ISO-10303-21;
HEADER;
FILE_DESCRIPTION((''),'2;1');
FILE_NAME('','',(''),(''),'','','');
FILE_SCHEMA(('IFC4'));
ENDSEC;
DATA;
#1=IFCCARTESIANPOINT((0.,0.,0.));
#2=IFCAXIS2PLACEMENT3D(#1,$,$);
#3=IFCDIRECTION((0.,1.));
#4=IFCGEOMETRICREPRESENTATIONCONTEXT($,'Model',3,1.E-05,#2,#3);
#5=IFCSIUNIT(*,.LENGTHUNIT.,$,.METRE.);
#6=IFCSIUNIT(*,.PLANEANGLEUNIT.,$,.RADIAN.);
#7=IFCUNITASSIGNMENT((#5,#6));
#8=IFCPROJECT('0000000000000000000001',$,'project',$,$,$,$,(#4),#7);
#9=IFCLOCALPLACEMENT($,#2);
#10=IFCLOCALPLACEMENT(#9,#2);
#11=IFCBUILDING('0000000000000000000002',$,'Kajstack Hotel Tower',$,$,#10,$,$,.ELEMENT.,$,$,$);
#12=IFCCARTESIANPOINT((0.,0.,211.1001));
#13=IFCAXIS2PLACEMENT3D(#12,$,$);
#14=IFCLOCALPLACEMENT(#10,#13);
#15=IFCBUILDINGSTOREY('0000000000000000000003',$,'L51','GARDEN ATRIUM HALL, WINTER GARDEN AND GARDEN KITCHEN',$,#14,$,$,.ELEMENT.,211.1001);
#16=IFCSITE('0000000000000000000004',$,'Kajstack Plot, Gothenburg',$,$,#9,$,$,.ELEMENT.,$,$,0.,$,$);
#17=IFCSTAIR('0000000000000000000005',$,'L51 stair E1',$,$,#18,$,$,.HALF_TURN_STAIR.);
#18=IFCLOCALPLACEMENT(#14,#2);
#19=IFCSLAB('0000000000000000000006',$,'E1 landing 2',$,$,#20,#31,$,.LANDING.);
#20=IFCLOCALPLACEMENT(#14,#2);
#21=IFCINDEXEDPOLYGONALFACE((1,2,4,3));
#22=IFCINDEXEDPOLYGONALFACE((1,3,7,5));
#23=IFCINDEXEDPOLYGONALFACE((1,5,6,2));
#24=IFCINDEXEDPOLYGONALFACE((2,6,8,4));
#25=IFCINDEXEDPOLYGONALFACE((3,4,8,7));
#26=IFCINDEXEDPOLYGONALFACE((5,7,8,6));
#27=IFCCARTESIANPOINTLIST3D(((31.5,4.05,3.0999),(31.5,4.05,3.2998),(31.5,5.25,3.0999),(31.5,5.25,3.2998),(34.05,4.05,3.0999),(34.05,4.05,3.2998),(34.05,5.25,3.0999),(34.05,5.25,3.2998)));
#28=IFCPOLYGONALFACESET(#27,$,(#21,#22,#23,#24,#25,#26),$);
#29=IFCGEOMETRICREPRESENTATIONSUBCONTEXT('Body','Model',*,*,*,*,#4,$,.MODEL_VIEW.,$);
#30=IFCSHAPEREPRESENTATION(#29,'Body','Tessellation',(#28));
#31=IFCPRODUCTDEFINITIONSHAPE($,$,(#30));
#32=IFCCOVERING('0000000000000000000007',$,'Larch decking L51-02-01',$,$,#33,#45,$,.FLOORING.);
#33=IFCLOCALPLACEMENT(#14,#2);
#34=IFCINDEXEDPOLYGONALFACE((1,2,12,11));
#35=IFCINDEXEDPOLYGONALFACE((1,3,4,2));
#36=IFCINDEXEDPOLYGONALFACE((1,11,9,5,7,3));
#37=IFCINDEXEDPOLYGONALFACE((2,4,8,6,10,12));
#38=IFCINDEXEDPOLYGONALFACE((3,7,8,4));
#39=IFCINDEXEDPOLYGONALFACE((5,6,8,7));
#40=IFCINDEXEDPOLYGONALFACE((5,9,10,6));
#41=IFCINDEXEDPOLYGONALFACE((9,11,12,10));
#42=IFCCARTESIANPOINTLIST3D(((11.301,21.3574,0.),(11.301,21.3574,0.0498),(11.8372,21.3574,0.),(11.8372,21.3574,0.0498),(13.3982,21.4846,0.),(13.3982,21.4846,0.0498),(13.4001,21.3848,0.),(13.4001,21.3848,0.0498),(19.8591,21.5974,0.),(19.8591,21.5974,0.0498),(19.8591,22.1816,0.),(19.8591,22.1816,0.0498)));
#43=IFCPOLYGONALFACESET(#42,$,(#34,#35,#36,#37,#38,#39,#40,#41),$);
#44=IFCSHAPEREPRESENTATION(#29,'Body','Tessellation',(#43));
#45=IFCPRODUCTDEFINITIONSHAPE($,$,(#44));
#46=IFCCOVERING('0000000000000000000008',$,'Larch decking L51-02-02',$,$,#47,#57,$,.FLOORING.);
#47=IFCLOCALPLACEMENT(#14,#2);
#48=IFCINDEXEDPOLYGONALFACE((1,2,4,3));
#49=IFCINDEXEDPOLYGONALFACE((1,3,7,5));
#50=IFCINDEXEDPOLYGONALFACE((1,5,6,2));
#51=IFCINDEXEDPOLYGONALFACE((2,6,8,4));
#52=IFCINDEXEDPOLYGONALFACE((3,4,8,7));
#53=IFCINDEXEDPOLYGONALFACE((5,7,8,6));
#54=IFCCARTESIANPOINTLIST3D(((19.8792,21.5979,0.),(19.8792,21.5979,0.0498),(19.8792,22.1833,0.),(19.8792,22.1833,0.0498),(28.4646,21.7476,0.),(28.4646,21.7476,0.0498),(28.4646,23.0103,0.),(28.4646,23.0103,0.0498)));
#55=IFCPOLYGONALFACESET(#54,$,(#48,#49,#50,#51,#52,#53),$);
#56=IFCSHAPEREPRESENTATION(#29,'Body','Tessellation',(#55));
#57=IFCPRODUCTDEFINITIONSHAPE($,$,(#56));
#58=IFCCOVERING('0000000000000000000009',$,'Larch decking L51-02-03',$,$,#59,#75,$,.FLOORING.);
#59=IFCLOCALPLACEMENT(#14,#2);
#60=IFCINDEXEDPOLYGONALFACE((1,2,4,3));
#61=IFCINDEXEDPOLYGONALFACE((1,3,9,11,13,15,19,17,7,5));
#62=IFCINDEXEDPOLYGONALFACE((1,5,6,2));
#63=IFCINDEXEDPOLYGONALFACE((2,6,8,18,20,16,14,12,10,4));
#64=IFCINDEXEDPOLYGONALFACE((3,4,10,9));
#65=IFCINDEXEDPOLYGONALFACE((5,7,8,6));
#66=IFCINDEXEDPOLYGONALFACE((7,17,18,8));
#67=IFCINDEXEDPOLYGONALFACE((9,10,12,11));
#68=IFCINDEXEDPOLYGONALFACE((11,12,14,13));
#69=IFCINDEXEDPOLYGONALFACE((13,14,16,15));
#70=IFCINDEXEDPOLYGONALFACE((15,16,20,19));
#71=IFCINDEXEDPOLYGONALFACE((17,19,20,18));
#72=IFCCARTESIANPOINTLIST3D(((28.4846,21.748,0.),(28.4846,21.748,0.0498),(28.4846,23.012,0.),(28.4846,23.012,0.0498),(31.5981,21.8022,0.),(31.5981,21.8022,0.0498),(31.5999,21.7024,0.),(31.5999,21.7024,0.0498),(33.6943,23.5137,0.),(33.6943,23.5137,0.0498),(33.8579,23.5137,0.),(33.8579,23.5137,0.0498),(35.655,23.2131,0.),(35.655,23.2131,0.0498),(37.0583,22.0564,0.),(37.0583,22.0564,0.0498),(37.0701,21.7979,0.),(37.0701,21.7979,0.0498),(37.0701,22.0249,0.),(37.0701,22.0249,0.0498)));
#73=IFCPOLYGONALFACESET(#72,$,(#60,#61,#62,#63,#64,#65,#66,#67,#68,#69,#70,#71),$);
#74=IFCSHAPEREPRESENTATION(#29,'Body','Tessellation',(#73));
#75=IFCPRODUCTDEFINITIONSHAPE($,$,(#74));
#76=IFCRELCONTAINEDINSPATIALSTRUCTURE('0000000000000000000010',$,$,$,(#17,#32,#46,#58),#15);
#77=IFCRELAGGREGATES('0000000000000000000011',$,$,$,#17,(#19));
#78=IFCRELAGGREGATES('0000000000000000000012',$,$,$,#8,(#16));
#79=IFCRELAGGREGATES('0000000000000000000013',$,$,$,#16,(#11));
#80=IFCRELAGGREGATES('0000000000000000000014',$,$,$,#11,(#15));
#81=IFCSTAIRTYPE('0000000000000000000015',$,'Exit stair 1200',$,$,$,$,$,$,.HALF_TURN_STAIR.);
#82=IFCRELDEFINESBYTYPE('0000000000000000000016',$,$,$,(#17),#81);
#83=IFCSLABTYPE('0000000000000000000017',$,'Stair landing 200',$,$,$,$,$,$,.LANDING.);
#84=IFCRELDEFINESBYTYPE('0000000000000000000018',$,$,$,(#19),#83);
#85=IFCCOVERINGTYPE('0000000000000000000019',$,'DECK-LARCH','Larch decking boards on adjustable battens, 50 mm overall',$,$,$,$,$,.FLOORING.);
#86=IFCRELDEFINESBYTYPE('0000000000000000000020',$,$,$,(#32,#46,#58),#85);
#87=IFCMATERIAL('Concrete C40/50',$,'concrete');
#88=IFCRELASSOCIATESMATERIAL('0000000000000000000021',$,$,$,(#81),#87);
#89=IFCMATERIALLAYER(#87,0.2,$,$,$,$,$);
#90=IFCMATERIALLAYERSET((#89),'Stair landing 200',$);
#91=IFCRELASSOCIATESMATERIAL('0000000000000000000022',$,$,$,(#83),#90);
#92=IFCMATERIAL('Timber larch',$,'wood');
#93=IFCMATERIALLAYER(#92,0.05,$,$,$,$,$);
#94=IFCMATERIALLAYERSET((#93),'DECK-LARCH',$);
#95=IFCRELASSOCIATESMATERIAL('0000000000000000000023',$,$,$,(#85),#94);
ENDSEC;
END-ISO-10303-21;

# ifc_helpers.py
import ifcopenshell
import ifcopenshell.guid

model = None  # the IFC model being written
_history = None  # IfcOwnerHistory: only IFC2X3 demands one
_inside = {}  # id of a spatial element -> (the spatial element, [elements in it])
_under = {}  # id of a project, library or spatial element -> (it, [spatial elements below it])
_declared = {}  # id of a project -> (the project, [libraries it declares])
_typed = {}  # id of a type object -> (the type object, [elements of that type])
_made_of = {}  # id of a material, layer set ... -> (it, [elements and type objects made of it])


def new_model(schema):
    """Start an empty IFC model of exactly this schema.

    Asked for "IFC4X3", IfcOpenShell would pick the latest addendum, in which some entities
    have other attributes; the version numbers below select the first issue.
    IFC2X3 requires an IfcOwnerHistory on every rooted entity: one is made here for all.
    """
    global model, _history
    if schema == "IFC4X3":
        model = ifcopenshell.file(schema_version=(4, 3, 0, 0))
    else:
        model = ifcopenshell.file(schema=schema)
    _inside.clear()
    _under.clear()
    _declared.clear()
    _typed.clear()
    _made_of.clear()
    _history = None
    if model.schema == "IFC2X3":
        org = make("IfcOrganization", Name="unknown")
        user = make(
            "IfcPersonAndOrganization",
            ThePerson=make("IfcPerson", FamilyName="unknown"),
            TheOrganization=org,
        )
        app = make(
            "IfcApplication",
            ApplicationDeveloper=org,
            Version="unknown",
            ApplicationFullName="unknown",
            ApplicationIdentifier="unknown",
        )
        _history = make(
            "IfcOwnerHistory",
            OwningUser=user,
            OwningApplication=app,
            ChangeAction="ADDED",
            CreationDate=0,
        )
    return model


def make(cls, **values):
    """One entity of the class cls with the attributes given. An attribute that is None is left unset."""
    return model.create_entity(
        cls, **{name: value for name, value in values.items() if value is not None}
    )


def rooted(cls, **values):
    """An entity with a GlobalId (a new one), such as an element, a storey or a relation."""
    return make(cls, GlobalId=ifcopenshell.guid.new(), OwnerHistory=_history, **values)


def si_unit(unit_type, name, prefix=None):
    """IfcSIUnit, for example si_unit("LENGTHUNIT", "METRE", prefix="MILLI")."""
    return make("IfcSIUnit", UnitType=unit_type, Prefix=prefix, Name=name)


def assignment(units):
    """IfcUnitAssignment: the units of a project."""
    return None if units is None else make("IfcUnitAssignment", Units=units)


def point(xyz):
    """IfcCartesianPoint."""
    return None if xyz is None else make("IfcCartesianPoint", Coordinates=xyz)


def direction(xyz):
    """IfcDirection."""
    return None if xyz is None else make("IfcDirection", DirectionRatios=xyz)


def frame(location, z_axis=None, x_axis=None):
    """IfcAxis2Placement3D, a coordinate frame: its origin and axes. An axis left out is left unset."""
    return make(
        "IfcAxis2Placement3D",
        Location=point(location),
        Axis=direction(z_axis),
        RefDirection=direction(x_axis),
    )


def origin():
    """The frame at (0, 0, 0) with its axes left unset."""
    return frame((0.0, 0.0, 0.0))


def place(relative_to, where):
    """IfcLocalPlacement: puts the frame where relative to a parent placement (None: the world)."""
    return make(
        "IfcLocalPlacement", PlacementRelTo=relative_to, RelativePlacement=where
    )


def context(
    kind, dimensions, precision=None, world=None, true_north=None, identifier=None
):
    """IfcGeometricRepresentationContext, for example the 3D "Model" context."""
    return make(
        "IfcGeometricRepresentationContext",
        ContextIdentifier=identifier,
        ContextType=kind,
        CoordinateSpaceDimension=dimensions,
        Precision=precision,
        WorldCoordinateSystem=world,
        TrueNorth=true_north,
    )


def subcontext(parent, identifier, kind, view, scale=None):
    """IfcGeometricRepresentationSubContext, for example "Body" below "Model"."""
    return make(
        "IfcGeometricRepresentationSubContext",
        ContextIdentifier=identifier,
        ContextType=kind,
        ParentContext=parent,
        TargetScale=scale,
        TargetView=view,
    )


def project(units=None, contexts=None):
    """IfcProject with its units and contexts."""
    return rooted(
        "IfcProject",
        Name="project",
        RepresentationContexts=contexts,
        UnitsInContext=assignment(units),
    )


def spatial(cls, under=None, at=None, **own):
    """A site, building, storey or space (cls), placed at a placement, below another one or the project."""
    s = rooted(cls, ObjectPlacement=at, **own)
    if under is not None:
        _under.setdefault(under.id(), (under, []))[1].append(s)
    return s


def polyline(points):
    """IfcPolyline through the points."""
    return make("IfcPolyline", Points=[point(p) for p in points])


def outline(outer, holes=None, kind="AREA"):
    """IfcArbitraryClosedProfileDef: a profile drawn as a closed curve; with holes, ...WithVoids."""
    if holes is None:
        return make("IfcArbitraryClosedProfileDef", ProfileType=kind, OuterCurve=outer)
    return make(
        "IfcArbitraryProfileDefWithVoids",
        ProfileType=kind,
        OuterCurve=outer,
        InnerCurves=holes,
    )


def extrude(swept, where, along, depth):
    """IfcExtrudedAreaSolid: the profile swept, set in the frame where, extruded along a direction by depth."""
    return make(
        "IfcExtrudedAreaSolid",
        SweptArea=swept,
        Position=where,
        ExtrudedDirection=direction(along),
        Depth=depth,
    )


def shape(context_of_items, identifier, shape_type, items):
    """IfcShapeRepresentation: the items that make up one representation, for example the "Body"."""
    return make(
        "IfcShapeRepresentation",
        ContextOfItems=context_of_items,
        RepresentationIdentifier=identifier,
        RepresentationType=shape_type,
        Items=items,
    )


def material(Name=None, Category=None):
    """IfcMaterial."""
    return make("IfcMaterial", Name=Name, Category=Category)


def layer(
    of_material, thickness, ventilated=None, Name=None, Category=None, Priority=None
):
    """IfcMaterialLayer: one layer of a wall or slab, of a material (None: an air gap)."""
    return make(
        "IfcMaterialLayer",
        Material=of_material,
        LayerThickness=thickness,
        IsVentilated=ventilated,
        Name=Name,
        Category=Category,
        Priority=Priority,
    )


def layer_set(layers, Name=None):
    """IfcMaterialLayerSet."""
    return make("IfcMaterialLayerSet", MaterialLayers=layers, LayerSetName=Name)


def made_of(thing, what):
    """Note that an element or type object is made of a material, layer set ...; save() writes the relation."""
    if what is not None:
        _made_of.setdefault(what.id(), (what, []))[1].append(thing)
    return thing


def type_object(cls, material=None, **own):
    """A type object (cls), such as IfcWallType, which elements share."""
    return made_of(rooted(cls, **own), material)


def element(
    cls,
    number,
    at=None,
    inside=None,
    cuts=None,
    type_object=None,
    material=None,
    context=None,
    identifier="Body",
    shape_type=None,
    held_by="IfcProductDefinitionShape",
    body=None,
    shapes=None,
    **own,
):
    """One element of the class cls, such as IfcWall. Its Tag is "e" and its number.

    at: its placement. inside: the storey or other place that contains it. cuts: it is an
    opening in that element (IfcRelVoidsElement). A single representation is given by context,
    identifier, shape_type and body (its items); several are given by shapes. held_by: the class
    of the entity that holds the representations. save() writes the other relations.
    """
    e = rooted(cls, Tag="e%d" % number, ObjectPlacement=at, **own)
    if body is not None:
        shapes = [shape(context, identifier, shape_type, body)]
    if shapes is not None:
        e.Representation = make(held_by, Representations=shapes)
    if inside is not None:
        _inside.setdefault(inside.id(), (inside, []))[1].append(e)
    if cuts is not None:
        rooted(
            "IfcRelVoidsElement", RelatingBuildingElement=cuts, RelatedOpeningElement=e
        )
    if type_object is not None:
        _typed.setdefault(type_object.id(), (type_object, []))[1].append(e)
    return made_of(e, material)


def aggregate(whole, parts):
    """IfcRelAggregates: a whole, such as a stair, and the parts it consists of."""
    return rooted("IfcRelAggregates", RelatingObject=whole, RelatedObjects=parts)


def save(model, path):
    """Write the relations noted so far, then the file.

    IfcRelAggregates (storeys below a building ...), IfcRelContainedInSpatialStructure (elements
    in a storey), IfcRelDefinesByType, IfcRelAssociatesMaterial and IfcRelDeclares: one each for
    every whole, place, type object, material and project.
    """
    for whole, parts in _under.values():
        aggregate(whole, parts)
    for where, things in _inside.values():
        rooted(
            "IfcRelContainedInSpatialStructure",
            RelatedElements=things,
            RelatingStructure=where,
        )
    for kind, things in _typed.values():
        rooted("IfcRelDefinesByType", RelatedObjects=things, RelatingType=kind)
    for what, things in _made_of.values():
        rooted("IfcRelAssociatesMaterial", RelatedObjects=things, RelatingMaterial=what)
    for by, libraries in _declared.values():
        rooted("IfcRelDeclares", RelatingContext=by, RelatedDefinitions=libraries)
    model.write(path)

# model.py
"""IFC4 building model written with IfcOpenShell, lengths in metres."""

from ifc_helpers import new_model, si_unit, direction, frame, origin, place, context, subcontext, project, spatial, polyline, outline, extrude, material, layer, layer_set, type_object, element, aggregate, save


model = new_model("IFC4")

# Units and contexts
model_context = context("Model", 3, precision=1e-05, world=origin(), true_north=direction((0.0, 1.0)))
body_context = subcontext(model_context, "Body", "Model", "MODEL_VIEW")
ifc_project = project(units=[si_unit("LENGTHUNIT", "METRE"), si_unit("PLANEANGLEUNIT", "RADIAN")], contexts=[model_context])

# Site, building, storey
site_placement = place(None, origin())
site = spatial("IfcSite", under=ifc_project, at=site_placement, Name="Kajstack Plot, Gothenburg", CompositionType="ELEMENT", RefElevation=0.0)
building_placement = place(site_placement, origin())
building = spatial("IfcBuilding", under=site, at=building_placement, Name="Kajstack Hotel Tower", CompositionType="ELEMENT")
storey_placement = place(building_placement, frame((0.0, 0.0, 211.1001)))
storey = spatial("IfcBuildingStorey", under=building, at=storey_placement, Name="L51", Description="GARDEN ATRIUM HALL, WINTER GARDEN AND GARDEN KITCHEN", CompositionType="ELEMENT", Elevation=211.1001)

# Stair, slab
ifc_material_1 = material(Name="Concrete C40/50", Category="concrete")
stair_type_1 = type_object("IfcStairType", Name="Exit stair 1200", PredefinedType="HALF_TURN_STAIR", material=ifc_material_1)
ifc_layer_1 = layer(ifc_material_1, 0.2)
ifc_layer_set_1 = layer_set([ifc_layer_1], Name="Stair landing 200")
slab_type = type_object("IfcSlabType", Name="Stair landing 200", PredefinedType="LANDING", material=ifc_layer_set_1)
stair_1_placement = place(storey_placement, origin())
stair_1 = element("IfcStair", 1, at=stair_1_placement, inside=storey, type_object=stair_type_1, Name="L51 stair E1", PredefinedType="HALF_TURN_STAIR")
slab_1_placement = place(storey_placement, frame((0.0, 0.0, 3.0999)))
slab_1 = element("IfcSlab", 2, at=slab_1_placement, type_object=slab_type, Name="E1 landing 2", PredefinedType="LANDING", context=body_context, shape_type="SweptSolid", body=[
    extrude(outline(polyline([(34.05, 4.05), (34.05, 5.25), (31.5, 5.25), (31.5, 4.05), (34.05, 4.05)])), origin(), (0.0, 0.0, 1.0), 0.2),
])
aggregate(stair_1, [slab_1])

# Coverings
ifc_material_2 = material(Name="Timber larch", Category="wood")
ifc_layer_2 = layer(ifc_material_2, 0.05)
ifc_layer_set_2 = layer_set([ifc_layer_2], Name="DECK-LARCH")
covering_type = type_object("IfcCoveringType", Name="DECK-LARCH", Description="Larch decking boards on adjustable battens, 50 mm overall", PredefinedType="FLOORING", material=ifc_layer_set_2)
covering_1_placement = place(storey_placement, origin())
element("IfcCovering", 3, at=covering_1_placement, inside=storey, type_object=covering_type, Name="Larch decking L51-02-01", PredefinedType="FLOORING", context=body_context, shape_type="SweptSolid", body=[
    extrude(outline(polyline([(19.8591, 21.5974), (19.8591, 22.1816), (11.301, 21.3574), (11.8372, 21.3574), (13.4001, 21.3848), (13.3982, 21.4846), (19.8591, 21.5974)])), origin(), (0.0, 0.0, 1.0), 0.0498),
])
covering_2_placement = place(storey_placement, origin())
element("IfcCovering", 4, at=covering_2_placement, inside=storey, type_object=covering_type, Name="Larch decking L51-02-02", PredefinedType="FLOORING", context=body_context, shape_type="SweptSolid", body=[
    extrude(outline(polyline([(28.4646, 21.7476), (28.4646, 23.0103), (19.8792, 22.1833), (19.8792, 21.5979), (28.4646, 21.7476)])), origin(), (0.0, 0.0, 1.0), 0.0498),
])
covering_3_placement = place(storey_placement, origin())
element("IfcCovering", 5, at=covering_3_placement, inside=storey, type_object=covering_type, Name="Larch decking L51-02-03", PredefinedType="FLOORING", context=body_context, shape_type="SweptSolid", body=[
    extrude(outline(polyline([(31.5999, 21.7024), (37.0701, 21.7979), (37.0701, 22.0249), (37.0583, 22.0564), (35.655, 23.2131), (33.8579, 23.5137), (33.6943, 23.5137), (28.4846, 23.012), (28.4846, 21.748), (31.5981, 21.8022), (31.5999, 21.7024)])), origin(), (0.0, 0.0, 1.0), 0.0498),
])

save(model, "model.ifc")
